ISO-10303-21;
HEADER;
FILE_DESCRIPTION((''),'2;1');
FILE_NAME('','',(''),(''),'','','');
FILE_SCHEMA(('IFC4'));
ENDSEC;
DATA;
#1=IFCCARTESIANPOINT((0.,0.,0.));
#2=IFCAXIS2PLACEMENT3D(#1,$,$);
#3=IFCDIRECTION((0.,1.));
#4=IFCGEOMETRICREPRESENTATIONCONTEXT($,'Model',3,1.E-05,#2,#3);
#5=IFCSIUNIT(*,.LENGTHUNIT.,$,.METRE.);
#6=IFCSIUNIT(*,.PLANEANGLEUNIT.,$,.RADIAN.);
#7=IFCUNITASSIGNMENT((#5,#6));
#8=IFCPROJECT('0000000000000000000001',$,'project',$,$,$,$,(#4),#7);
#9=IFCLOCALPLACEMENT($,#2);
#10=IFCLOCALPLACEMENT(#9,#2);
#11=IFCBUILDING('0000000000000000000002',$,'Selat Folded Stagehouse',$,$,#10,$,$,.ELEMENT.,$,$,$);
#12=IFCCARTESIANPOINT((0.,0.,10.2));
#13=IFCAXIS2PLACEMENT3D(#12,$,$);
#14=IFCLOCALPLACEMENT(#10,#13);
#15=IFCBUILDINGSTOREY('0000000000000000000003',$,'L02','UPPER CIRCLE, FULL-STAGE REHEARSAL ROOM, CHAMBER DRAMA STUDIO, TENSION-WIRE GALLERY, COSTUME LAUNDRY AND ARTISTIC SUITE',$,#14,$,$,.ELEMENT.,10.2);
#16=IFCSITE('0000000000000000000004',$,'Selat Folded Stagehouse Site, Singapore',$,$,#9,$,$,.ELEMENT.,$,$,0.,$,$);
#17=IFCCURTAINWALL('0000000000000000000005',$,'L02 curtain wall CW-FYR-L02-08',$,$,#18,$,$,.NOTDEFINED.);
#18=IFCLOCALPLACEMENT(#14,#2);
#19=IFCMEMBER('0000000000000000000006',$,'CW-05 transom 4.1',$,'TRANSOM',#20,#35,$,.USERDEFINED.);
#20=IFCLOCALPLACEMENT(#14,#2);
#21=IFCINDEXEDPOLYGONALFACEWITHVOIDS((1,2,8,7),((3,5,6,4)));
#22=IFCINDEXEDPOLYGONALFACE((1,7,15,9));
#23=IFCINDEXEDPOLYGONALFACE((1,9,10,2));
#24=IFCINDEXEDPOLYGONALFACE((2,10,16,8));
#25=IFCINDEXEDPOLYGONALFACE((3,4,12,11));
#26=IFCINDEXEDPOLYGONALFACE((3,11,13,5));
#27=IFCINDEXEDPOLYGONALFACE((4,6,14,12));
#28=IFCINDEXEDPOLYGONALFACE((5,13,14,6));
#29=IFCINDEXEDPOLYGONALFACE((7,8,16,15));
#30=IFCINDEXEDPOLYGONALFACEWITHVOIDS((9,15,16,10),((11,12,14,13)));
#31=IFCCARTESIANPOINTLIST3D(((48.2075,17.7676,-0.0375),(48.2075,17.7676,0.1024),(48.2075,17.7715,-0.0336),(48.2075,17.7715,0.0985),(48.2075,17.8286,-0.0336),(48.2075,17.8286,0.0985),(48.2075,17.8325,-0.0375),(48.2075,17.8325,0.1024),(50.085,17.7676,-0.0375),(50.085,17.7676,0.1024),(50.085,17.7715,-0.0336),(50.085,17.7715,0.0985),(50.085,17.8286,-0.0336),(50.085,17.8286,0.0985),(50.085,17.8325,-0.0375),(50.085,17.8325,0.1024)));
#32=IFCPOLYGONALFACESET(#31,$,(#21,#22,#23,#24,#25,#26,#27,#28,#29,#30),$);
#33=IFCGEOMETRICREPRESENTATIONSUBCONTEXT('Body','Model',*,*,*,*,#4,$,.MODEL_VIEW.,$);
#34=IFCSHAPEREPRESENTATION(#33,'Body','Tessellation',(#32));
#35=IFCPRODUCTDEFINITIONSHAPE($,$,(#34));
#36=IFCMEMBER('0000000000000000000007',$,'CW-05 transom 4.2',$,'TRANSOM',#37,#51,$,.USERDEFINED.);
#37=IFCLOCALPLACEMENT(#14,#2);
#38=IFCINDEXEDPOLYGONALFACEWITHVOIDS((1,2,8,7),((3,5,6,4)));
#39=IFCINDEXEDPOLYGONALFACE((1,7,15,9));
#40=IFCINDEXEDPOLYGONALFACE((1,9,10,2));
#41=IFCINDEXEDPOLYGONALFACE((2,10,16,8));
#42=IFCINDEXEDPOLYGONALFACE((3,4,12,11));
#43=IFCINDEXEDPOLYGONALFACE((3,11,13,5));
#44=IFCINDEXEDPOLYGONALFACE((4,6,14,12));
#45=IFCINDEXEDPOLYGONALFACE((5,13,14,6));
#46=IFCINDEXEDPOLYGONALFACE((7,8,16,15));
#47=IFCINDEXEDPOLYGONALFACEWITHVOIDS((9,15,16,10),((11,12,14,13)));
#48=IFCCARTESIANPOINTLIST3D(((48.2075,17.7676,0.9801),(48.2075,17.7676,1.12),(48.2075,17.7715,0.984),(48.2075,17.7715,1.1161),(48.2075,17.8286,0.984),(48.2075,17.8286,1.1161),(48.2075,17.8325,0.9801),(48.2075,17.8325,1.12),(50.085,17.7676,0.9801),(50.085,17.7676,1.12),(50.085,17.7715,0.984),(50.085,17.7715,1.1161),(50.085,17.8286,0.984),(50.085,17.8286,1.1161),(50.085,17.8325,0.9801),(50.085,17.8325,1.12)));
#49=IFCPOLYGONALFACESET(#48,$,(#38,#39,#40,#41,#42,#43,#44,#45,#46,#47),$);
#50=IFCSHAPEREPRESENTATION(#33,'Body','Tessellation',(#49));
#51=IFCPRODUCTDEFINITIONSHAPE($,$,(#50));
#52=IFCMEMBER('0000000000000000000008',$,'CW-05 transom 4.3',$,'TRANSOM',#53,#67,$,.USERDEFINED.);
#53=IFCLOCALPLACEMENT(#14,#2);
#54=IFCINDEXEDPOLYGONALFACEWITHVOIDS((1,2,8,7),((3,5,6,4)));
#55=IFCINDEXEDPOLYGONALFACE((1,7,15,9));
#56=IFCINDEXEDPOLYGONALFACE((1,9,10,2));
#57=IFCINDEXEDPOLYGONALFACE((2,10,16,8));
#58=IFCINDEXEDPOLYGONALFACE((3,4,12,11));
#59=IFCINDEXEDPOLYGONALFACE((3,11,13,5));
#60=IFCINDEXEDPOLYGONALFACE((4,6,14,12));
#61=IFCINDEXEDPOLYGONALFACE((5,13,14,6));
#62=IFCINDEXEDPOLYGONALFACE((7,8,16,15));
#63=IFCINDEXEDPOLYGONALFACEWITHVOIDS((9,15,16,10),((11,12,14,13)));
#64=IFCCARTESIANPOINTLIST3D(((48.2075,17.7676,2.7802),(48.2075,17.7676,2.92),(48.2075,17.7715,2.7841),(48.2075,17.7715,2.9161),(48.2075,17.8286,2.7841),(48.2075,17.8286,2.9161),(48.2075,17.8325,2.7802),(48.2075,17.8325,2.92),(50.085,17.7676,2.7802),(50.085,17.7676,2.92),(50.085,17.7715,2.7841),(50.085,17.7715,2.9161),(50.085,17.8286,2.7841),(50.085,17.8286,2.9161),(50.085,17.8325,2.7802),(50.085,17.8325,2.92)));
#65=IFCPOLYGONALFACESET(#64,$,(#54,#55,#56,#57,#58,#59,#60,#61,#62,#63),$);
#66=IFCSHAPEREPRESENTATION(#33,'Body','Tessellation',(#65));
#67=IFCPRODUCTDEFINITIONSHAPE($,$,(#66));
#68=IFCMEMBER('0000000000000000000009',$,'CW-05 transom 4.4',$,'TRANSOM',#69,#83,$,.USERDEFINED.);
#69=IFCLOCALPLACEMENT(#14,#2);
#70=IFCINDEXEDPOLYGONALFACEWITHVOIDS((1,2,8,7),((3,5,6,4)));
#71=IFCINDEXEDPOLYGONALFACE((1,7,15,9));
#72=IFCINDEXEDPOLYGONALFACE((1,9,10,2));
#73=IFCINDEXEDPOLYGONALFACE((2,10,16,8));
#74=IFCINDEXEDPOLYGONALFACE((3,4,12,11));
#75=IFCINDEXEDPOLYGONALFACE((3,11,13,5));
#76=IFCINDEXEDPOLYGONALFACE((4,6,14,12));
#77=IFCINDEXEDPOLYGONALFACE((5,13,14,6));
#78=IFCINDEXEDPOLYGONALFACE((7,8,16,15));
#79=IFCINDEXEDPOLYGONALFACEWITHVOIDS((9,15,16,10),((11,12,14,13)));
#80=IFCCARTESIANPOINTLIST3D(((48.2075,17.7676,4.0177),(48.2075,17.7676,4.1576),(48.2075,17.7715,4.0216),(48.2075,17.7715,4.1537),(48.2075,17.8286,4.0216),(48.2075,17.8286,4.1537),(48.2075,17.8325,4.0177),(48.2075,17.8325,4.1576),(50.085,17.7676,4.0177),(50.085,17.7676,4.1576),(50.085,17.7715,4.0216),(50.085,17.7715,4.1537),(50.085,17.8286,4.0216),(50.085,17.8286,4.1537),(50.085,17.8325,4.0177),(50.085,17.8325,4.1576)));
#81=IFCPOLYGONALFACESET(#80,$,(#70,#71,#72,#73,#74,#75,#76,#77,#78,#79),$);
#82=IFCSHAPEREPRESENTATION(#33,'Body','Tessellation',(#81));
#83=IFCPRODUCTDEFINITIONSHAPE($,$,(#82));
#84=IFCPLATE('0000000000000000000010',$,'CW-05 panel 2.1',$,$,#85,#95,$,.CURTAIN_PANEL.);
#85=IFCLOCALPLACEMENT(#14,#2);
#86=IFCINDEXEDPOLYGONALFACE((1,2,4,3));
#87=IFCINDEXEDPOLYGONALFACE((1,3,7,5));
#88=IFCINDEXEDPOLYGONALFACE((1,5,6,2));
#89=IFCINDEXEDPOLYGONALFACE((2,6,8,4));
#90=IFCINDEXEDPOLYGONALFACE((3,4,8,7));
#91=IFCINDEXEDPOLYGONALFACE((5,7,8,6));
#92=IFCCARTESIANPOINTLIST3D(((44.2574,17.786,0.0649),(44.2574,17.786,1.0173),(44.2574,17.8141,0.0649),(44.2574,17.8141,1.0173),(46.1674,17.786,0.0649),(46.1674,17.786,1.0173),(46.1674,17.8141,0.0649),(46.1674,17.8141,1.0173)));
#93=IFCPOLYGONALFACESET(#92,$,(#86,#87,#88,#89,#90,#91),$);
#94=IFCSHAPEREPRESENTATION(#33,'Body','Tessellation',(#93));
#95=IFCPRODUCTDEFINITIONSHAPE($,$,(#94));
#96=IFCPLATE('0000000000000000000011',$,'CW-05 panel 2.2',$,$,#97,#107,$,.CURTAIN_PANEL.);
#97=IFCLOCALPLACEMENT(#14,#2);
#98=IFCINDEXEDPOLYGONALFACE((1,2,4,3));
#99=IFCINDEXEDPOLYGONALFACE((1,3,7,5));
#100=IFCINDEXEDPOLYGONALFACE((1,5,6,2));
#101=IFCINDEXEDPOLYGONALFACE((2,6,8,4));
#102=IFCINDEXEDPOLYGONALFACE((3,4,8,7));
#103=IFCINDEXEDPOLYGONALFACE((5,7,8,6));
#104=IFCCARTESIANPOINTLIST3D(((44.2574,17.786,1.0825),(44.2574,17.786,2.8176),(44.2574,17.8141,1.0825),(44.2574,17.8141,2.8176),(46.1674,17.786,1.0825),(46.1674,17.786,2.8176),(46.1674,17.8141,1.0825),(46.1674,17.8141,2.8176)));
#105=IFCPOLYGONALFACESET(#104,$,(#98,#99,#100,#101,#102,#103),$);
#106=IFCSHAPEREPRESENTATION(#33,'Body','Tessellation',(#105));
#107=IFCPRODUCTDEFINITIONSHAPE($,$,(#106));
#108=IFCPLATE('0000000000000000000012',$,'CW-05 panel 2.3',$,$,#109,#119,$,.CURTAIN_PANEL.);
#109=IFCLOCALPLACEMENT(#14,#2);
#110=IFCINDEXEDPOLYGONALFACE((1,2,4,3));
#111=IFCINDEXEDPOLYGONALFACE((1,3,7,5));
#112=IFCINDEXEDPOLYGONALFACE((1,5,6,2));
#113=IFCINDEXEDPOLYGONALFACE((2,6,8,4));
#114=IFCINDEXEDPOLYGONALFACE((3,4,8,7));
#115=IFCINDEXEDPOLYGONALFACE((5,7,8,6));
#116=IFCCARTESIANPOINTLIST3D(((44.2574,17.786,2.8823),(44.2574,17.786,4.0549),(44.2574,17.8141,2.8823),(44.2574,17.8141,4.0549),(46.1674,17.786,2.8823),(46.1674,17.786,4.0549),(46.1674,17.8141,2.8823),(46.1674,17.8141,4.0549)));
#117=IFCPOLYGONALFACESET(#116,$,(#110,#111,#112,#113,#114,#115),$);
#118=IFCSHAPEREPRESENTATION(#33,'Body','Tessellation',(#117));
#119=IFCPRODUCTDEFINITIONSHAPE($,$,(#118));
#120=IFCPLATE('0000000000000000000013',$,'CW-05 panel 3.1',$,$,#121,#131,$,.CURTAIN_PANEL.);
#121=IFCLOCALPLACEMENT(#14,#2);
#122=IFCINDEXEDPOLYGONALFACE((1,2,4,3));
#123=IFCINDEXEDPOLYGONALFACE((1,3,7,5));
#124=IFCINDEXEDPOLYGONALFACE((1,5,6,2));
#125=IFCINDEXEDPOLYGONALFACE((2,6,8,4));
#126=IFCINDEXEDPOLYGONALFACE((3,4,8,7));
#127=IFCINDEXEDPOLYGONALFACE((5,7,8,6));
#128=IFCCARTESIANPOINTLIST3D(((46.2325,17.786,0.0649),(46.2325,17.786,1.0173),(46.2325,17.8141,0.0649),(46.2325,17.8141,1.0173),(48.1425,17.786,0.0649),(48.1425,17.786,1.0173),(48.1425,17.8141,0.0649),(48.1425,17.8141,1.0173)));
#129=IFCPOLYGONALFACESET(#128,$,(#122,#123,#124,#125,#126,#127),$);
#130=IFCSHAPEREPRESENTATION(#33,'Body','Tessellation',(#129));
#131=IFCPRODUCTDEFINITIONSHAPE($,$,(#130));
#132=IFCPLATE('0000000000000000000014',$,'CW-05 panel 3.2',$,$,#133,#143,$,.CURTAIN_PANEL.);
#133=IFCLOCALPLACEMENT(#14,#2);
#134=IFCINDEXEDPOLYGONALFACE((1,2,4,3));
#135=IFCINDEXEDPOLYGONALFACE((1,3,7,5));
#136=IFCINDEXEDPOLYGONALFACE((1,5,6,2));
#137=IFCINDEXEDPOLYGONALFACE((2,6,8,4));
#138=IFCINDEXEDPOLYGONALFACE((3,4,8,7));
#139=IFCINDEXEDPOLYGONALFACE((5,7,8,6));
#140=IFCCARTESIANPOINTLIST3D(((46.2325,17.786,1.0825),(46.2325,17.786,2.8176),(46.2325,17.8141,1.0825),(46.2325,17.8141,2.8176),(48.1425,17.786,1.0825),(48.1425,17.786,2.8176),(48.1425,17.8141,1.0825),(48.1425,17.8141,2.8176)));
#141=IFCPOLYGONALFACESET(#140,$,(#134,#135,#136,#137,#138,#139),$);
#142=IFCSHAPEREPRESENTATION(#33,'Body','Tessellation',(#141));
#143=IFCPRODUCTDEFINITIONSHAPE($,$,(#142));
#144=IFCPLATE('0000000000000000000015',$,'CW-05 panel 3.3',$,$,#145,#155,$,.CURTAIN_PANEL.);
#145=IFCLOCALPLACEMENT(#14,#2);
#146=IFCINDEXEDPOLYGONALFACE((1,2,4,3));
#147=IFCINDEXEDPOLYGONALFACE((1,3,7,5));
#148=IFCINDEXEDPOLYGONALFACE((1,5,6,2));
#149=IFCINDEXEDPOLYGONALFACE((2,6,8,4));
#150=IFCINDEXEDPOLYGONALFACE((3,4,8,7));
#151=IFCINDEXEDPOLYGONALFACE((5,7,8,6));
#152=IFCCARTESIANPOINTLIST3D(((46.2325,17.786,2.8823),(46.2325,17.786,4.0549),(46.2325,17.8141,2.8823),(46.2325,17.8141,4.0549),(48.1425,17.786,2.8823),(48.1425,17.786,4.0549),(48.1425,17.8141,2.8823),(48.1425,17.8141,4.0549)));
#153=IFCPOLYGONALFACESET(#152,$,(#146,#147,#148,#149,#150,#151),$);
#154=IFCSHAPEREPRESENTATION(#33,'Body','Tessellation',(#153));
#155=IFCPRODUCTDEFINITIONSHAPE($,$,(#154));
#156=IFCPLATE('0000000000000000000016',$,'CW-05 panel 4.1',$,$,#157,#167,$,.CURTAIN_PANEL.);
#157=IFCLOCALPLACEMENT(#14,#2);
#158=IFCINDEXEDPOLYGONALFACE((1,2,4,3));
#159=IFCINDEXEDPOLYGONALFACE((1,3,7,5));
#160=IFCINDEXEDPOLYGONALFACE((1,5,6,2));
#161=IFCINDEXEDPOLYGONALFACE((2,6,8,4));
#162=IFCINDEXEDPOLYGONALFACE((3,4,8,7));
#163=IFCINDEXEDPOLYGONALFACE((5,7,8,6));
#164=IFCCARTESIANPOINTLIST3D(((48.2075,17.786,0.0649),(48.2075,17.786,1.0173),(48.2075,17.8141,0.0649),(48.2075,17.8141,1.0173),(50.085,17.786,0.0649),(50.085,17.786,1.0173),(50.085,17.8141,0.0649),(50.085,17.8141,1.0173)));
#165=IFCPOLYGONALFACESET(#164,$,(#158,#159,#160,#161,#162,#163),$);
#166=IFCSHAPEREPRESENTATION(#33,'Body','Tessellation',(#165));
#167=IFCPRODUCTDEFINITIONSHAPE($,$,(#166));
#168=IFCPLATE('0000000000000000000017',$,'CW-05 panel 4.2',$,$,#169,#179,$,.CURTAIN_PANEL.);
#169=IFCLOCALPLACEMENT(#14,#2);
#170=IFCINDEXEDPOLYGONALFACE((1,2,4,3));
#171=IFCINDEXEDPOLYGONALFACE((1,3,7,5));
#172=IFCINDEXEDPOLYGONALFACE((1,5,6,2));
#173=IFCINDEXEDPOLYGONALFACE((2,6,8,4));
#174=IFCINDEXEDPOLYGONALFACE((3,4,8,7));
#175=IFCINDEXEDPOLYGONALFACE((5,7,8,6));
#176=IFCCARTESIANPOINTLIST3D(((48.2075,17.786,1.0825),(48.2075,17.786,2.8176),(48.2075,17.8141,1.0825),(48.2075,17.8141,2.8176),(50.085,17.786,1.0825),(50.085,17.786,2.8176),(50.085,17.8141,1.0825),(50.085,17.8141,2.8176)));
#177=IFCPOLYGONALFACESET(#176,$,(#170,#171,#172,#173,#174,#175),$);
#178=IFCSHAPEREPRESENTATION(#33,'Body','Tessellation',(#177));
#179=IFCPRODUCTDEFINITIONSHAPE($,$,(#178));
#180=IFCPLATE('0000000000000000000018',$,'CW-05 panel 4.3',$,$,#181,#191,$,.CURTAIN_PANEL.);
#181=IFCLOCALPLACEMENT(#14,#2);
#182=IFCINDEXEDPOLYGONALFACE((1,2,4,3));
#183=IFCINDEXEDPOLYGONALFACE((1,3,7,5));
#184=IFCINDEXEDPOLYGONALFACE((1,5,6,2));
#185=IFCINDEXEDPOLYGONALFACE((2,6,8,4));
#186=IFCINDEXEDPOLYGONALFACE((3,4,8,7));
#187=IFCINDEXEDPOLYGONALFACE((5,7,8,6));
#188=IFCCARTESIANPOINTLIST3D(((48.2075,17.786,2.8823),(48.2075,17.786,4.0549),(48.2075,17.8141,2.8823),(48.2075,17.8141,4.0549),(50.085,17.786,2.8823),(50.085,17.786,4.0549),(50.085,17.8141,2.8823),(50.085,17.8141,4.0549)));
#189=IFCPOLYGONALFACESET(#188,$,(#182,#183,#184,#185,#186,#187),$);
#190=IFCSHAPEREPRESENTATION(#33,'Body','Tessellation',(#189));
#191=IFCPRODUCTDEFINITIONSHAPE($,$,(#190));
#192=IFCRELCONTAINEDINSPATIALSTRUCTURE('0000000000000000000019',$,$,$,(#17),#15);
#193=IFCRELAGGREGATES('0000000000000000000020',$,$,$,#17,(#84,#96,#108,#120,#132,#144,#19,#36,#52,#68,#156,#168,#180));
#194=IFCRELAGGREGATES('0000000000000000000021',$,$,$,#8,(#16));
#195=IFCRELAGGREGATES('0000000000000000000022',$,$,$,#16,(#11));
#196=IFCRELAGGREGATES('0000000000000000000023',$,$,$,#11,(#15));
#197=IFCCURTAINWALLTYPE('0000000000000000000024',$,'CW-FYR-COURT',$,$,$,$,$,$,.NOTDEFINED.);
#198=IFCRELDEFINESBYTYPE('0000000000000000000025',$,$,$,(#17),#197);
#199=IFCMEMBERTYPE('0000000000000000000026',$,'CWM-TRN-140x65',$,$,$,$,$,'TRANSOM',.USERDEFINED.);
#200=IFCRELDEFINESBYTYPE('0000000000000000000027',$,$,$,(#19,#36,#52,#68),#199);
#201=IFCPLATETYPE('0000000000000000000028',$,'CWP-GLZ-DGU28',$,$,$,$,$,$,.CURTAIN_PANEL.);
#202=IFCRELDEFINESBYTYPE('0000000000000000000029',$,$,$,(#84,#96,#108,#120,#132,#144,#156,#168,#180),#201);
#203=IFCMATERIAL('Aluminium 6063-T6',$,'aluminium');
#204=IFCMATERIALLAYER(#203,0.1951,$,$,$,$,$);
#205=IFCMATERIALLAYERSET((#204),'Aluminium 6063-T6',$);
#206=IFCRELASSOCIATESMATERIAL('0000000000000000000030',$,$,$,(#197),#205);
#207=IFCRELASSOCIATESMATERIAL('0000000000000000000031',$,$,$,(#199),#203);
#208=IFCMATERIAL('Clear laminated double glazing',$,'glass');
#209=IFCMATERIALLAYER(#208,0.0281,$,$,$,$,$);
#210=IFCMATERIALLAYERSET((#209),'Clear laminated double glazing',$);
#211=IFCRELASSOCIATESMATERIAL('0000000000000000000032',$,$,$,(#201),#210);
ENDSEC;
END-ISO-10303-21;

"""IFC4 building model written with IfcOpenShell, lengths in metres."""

from ifc_helpers import new_model, si_unit, direction, frame, origin, origin_2d, place, context, subcontext, project, spatial, rectangle, hollow_rectangle, extrude, material, layer, layer_set, material_profile, profile_set, type_object, element, aggregate, save


model = new_model("IFC4")

# Units and contexts
model_context = context("Model", 3, precision=1e-05, world=origin(), true_north=direction((0.0, 1.0)))
body_context = subcontext(model_context, "Body", "Model", "MODEL_VIEW")
ifc_project = project(units=[si_unit("LENGTHUNIT", "METRE"), si_unit("PLANEANGLEUNIT", "RADIAN")], contexts=[model_context])

# Site, building, storey
site_placement = place(None, origin())
site = spatial("IfcSite", under=ifc_project, at=site_placement, Name="Selat Folded Stagehouse Site, Singapore", CompositionType="ELEMENT", RefElevation=0.0)
building_placement = place(site_placement, origin())
building = spatial("IfcBuilding", under=site, at=building_placement, Name="Selat Folded Stagehouse", CompositionType="ELEMENT")
storey_placement = place(building_placement, frame((0.0, 0.0, 10.2)))
storey = spatial("IfcBuildingStorey", under=building, at=storey_placement, Name="L02", Description="UPPER CIRCLE, FULL-STAGE REHEARSAL ROOM, CHAMBER DRAMA STUDIO, TENSION-WIRE GALLERY, COSTUME LAUNDRY AND ARTISTIC SUITE", CompositionType="ELEMENT", Elevation=10.2)

# Curtain wall, members, plates
ifc_material_1 = material(Name="Aluminium 6063-T6", Category="aluminium")
ifc_layer_1 = layer(ifc_material_1, 0.1951)
ifc_layer_set_1 = layer_set([ifc_layer_1], Name="Aluminium 6063-T6")
curtain_wall_type = type_object("IfcCurtainWallType", Name="CW-FYR-COURT", PredefinedType="NOTDEFINED", material=ifc_layer_set_1)
curtain_wall_placement = place(storey_placement, origin())
curtain_wall = element("IfcCurtainWall", 1, at=curtain_wall_placement, inside=storey, type_object=curtain_wall_type, Name="L02 curtain wall CW-FYR-L02-08", PredefinedType="NOTDEFINED")
ifc_material_profile_1 = material_profile(ifc_material_1, hollow_rectangle(XDim=0.0649, YDim=0.1399, WallThickness=0.0039, at=origin_2d()), Name="ALU 140x65x4.0")
ifc_profile_set_1 = profile_set([ifc_material_profile_1], Name="Aluminium 6063-T6")
member_type_1 = type_object("IfcMemberType", Name="CWM-TRN-140x65", ElementType="TRANSOM", PredefinedType="USERDEFINED", material=ifc_profile_set_1)
member_1_placement = place(storey_placement, frame((48.2075, 17.8, 0.0325), z_axis=(1.0, 0.0, 0.0), x_axis=(0.0, 1.0, 0.0)))
member_1 = element("IfcMember", 2, at=member_1_placement, type_object=member_type_1, Name="CW-05 transom 4.1", ObjectType="TRANSOM", PredefinedType="USERDEFINED", context=body_context, shape_type="SweptSolid", body=[
    extrude(hollow_rectangle(XDim=0.0649, YDim=0.1399, WallThickness=0.0039, at=origin_2d()), origin(), (0.0, 0.0, 1.0), 1.8774),
])
member_2_placement = place(storey_placement, frame((48.2075, 17.8, 1.05), z_axis=(1.0, 0.0, 0.0), x_axis=(0.0, 1.0, 0.0)))
member_2 = element("IfcMember", 3, at=member_2_placement, type_object=member_type_1, Name="CW-05 transom 4.2", ObjectType="TRANSOM", PredefinedType="USERDEFINED", context=body_context, shape_type="SweptSolid", body=[
    extrude(hollow_rectangle(XDim=0.0649, YDim=0.1399, WallThickness=0.0039, at=origin_2d()), origin(), (0.0, 0.0, 1.0), 1.8774),
])
member_3_placement = place(storey_placement, frame((48.2075, 17.8, 2.8501), z_axis=(1.0, 0.0, 0.0), x_axis=(0.0, 1.0, 0.0)))
member_3 = element("IfcMember", 4, at=member_3_placement, type_object=member_type_1, Name="CW-05 transom 4.3", ObjectType="TRANSOM", PredefinedType="USERDEFINED", context=body_context, shape_type="SweptSolid", body=[
    extrude(hollow_rectangle(XDim=0.0649, YDim=0.1399, WallThickness=0.0039, at=origin_2d()), origin(), (0.0, 0.0, 1.0), 1.8774),
])
member_4_placement = place(storey_placement, frame((48.2075, 17.8, 4.0876), z_axis=(1.0, 0.0, 0.0), x_axis=(0.0, 1.0, 0.0)))
member_4 = element("IfcMember", 5, at=member_4_placement, type_object=member_type_1, Name="CW-05 transom 4.4", ObjectType="TRANSOM", PredefinedType="USERDEFINED", context=body_context, shape_type="SweptSolid", body=[
    extrude(hollow_rectangle(XDim=0.0649, YDim=0.1399, WallThickness=0.0039, at=origin_2d()), origin(), (0.0, 0.0, 1.0), 1.8774),
])
ifc_material_2 = material(Name="Clear laminated double glazing", Category="glass")
ifc_layer_2 = layer(ifc_material_2, 0.0281)
ifc_layer_set_2 = layer_set([ifc_layer_2], Name="Clear laminated double glazing")
plate_type = type_object("IfcPlateType", Name="CWP-GLZ-DGU28", PredefinedType="CURTAIN_PANEL", material=ifc_layer_set_2)
plate_1_placement = place(storey_placement, frame((45.2124, 17.8, 0.0649), z_axis=(0.0, 0.0, 1.0), x_axis=(1.0, 0.0, 0.0)))
plate_1 = element("IfcPlate", 6, at=plate_1_placement, type_object=plate_type, Name="CW-05 panel 2.1", PredefinedType="CURTAIN_PANEL", context=body_context, shape_type="SweptSolid", body=[
    extrude(rectangle(XDim=1.9099, YDim=0.0281, at=origin_2d()), origin(), (0.0, 0.0, 1.0), 0.9524),
])
plate_2_placement = place(storey_placement, frame((45.2124, 17.8, 1.0825), z_axis=(0.0, 0.0, 1.0), x_axis=(1.0, 0.0, 0.0)))
plate_2 = element("IfcPlate", 7, at=plate_2_placement, type_object=plate_type, Name="CW-05 panel 2.2", PredefinedType="CURTAIN_PANEL", context=body_context, shape_type="SweptSolid", body=[
    extrude(rectangle(XDim=1.9099, YDim=0.0281, at=origin_2d()), origin(), (0.0, 0.0, 1.0), 1.7351),
])
plate_3_placement = place(storey_placement, frame((45.2124, 17.8, 2.8823), z_axis=(0.0, 0.0, 1.0), x_axis=(1.0, 0.0, 0.0)))
plate_3 = element("IfcPlate", 8, at=plate_3_placement, type_object=plate_type, Name="CW-05 panel 2.3", PredefinedType="CURTAIN_PANEL", context=body_context, shape_type="SweptSolid", body=[
    extrude(rectangle(XDim=1.9099, YDim=0.0281, at=origin_2d()), origin(), (0.0, 0.0, 1.0), 1.1726),
])
plate_4_placement = place(storey_placement, frame((47.1875, 17.8, 0.0649), z_axis=(0.0, 0.0, 1.0), x_axis=(1.0, 0.0, 0.0)))
plate_4 = element("IfcPlate", 9, at=plate_4_placement, type_object=plate_type, Name="CW-05 panel 3.1", PredefinedType="CURTAIN_PANEL", context=body_context, shape_type="SweptSolid", body=[
    extrude(rectangle(XDim=1.9099, YDim=0.0281, at=origin_2d()), origin(), (0.0, 0.0, 1.0), 0.9524),
])
plate_5_placement = place(storey_placement, frame((47.1875, 17.8, 1.0825), z_axis=(0.0, 0.0, 1.0), x_axis=(1.0, 0.0, 0.0)))
plate_5 = element("IfcPlate", 10, at=plate_5_placement, type_object=plate_type, Name="CW-05 panel 3.2", PredefinedType="CURTAIN_PANEL", context=body_context, shape_type="SweptSolid", body=[
    extrude(rectangle(XDim=1.9099, YDim=0.0281, at=origin_2d()), origin(), (0.0, 0.0, 1.0), 1.7351),
])
plate_6_placement = place(storey_placement, frame((47.1875, 17.8, 2.8823), z_axis=(0.0, 0.0, 1.0), x_axis=(1.0, 0.0, 0.0)))
plate_6 = element("IfcPlate", 11, at=plate_6_placement, type_object=plate_type, Name="CW-05 panel 3.3", PredefinedType="CURTAIN_PANEL", context=body_context, shape_type="SweptSolid", body=[
    extrude(rectangle(XDim=1.9099, YDim=0.0281, at=origin_2d()), origin(), (0.0, 0.0, 1.0), 1.1726),
])
plate_7_placement = place(storey_placement, frame((49.1462, 17.8, 0.0649), z_axis=(0.0, 0.0, 1.0), x_axis=(1.0, 0.0, 0.0)))
plate_7 = element("IfcPlate", 12, at=plate_7_placement, type_object=plate_type, Name="CW-05 panel 4.1", PredefinedType="CURTAIN_PANEL", context=body_context, shape_type="SweptSolid", body=[
    extrude(rectangle(XDim=1.8774, YDim=0.0281, at=origin_2d()), origin(), (0.0, 0.0, 1.0), 0.9524),
])
plate_8_placement = place(storey_placement, frame((49.1462, 17.8, 1.0825), z_axis=(0.0, 0.0, 1.0), x_axis=(1.0, 0.0, 0.0)))
plate_8 = element("IfcPlate", 13, at=plate_8_placement, type_object=plate_type, Name="CW-05 panel 4.2", PredefinedType="CURTAIN_PANEL", context=body_context, shape_type="SweptSolid", body=[
    extrude(rectangle(XDim=1.8774, YDim=0.0281, at=origin_2d()), origin(), (0.0, 0.0, 1.0), 1.7351),
])
plate_9_placement = place(storey_placement, frame((49.1462, 17.8, 2.8823), z_axis=(0.0, 0.0, 1.0), x_axis=(1.0, 0.0, 0.0)))
plate_9 = element("IfcPlate", 14, at=plate_9_placement, type_object=plate_type, Name="CW-05 panel 4.3", PredefinedType="CURTAIN_PANEL", context=body_context, shape_type="SweptSolid", body=[
    extrude(rectangle(XDim=1.8774, YDim=0.0281, at=origin_2d()), origin(), (0.0, 0.0, 1.0), 1.1726),
])
aggregate(curtain_wall, [plate_1, plate_2, plate_3, plate_4, plate_5, plate_6, member_1, member_2, member_3, member_4, plate_7, plate_8, plate_9])

save(model, "model.ifc")
